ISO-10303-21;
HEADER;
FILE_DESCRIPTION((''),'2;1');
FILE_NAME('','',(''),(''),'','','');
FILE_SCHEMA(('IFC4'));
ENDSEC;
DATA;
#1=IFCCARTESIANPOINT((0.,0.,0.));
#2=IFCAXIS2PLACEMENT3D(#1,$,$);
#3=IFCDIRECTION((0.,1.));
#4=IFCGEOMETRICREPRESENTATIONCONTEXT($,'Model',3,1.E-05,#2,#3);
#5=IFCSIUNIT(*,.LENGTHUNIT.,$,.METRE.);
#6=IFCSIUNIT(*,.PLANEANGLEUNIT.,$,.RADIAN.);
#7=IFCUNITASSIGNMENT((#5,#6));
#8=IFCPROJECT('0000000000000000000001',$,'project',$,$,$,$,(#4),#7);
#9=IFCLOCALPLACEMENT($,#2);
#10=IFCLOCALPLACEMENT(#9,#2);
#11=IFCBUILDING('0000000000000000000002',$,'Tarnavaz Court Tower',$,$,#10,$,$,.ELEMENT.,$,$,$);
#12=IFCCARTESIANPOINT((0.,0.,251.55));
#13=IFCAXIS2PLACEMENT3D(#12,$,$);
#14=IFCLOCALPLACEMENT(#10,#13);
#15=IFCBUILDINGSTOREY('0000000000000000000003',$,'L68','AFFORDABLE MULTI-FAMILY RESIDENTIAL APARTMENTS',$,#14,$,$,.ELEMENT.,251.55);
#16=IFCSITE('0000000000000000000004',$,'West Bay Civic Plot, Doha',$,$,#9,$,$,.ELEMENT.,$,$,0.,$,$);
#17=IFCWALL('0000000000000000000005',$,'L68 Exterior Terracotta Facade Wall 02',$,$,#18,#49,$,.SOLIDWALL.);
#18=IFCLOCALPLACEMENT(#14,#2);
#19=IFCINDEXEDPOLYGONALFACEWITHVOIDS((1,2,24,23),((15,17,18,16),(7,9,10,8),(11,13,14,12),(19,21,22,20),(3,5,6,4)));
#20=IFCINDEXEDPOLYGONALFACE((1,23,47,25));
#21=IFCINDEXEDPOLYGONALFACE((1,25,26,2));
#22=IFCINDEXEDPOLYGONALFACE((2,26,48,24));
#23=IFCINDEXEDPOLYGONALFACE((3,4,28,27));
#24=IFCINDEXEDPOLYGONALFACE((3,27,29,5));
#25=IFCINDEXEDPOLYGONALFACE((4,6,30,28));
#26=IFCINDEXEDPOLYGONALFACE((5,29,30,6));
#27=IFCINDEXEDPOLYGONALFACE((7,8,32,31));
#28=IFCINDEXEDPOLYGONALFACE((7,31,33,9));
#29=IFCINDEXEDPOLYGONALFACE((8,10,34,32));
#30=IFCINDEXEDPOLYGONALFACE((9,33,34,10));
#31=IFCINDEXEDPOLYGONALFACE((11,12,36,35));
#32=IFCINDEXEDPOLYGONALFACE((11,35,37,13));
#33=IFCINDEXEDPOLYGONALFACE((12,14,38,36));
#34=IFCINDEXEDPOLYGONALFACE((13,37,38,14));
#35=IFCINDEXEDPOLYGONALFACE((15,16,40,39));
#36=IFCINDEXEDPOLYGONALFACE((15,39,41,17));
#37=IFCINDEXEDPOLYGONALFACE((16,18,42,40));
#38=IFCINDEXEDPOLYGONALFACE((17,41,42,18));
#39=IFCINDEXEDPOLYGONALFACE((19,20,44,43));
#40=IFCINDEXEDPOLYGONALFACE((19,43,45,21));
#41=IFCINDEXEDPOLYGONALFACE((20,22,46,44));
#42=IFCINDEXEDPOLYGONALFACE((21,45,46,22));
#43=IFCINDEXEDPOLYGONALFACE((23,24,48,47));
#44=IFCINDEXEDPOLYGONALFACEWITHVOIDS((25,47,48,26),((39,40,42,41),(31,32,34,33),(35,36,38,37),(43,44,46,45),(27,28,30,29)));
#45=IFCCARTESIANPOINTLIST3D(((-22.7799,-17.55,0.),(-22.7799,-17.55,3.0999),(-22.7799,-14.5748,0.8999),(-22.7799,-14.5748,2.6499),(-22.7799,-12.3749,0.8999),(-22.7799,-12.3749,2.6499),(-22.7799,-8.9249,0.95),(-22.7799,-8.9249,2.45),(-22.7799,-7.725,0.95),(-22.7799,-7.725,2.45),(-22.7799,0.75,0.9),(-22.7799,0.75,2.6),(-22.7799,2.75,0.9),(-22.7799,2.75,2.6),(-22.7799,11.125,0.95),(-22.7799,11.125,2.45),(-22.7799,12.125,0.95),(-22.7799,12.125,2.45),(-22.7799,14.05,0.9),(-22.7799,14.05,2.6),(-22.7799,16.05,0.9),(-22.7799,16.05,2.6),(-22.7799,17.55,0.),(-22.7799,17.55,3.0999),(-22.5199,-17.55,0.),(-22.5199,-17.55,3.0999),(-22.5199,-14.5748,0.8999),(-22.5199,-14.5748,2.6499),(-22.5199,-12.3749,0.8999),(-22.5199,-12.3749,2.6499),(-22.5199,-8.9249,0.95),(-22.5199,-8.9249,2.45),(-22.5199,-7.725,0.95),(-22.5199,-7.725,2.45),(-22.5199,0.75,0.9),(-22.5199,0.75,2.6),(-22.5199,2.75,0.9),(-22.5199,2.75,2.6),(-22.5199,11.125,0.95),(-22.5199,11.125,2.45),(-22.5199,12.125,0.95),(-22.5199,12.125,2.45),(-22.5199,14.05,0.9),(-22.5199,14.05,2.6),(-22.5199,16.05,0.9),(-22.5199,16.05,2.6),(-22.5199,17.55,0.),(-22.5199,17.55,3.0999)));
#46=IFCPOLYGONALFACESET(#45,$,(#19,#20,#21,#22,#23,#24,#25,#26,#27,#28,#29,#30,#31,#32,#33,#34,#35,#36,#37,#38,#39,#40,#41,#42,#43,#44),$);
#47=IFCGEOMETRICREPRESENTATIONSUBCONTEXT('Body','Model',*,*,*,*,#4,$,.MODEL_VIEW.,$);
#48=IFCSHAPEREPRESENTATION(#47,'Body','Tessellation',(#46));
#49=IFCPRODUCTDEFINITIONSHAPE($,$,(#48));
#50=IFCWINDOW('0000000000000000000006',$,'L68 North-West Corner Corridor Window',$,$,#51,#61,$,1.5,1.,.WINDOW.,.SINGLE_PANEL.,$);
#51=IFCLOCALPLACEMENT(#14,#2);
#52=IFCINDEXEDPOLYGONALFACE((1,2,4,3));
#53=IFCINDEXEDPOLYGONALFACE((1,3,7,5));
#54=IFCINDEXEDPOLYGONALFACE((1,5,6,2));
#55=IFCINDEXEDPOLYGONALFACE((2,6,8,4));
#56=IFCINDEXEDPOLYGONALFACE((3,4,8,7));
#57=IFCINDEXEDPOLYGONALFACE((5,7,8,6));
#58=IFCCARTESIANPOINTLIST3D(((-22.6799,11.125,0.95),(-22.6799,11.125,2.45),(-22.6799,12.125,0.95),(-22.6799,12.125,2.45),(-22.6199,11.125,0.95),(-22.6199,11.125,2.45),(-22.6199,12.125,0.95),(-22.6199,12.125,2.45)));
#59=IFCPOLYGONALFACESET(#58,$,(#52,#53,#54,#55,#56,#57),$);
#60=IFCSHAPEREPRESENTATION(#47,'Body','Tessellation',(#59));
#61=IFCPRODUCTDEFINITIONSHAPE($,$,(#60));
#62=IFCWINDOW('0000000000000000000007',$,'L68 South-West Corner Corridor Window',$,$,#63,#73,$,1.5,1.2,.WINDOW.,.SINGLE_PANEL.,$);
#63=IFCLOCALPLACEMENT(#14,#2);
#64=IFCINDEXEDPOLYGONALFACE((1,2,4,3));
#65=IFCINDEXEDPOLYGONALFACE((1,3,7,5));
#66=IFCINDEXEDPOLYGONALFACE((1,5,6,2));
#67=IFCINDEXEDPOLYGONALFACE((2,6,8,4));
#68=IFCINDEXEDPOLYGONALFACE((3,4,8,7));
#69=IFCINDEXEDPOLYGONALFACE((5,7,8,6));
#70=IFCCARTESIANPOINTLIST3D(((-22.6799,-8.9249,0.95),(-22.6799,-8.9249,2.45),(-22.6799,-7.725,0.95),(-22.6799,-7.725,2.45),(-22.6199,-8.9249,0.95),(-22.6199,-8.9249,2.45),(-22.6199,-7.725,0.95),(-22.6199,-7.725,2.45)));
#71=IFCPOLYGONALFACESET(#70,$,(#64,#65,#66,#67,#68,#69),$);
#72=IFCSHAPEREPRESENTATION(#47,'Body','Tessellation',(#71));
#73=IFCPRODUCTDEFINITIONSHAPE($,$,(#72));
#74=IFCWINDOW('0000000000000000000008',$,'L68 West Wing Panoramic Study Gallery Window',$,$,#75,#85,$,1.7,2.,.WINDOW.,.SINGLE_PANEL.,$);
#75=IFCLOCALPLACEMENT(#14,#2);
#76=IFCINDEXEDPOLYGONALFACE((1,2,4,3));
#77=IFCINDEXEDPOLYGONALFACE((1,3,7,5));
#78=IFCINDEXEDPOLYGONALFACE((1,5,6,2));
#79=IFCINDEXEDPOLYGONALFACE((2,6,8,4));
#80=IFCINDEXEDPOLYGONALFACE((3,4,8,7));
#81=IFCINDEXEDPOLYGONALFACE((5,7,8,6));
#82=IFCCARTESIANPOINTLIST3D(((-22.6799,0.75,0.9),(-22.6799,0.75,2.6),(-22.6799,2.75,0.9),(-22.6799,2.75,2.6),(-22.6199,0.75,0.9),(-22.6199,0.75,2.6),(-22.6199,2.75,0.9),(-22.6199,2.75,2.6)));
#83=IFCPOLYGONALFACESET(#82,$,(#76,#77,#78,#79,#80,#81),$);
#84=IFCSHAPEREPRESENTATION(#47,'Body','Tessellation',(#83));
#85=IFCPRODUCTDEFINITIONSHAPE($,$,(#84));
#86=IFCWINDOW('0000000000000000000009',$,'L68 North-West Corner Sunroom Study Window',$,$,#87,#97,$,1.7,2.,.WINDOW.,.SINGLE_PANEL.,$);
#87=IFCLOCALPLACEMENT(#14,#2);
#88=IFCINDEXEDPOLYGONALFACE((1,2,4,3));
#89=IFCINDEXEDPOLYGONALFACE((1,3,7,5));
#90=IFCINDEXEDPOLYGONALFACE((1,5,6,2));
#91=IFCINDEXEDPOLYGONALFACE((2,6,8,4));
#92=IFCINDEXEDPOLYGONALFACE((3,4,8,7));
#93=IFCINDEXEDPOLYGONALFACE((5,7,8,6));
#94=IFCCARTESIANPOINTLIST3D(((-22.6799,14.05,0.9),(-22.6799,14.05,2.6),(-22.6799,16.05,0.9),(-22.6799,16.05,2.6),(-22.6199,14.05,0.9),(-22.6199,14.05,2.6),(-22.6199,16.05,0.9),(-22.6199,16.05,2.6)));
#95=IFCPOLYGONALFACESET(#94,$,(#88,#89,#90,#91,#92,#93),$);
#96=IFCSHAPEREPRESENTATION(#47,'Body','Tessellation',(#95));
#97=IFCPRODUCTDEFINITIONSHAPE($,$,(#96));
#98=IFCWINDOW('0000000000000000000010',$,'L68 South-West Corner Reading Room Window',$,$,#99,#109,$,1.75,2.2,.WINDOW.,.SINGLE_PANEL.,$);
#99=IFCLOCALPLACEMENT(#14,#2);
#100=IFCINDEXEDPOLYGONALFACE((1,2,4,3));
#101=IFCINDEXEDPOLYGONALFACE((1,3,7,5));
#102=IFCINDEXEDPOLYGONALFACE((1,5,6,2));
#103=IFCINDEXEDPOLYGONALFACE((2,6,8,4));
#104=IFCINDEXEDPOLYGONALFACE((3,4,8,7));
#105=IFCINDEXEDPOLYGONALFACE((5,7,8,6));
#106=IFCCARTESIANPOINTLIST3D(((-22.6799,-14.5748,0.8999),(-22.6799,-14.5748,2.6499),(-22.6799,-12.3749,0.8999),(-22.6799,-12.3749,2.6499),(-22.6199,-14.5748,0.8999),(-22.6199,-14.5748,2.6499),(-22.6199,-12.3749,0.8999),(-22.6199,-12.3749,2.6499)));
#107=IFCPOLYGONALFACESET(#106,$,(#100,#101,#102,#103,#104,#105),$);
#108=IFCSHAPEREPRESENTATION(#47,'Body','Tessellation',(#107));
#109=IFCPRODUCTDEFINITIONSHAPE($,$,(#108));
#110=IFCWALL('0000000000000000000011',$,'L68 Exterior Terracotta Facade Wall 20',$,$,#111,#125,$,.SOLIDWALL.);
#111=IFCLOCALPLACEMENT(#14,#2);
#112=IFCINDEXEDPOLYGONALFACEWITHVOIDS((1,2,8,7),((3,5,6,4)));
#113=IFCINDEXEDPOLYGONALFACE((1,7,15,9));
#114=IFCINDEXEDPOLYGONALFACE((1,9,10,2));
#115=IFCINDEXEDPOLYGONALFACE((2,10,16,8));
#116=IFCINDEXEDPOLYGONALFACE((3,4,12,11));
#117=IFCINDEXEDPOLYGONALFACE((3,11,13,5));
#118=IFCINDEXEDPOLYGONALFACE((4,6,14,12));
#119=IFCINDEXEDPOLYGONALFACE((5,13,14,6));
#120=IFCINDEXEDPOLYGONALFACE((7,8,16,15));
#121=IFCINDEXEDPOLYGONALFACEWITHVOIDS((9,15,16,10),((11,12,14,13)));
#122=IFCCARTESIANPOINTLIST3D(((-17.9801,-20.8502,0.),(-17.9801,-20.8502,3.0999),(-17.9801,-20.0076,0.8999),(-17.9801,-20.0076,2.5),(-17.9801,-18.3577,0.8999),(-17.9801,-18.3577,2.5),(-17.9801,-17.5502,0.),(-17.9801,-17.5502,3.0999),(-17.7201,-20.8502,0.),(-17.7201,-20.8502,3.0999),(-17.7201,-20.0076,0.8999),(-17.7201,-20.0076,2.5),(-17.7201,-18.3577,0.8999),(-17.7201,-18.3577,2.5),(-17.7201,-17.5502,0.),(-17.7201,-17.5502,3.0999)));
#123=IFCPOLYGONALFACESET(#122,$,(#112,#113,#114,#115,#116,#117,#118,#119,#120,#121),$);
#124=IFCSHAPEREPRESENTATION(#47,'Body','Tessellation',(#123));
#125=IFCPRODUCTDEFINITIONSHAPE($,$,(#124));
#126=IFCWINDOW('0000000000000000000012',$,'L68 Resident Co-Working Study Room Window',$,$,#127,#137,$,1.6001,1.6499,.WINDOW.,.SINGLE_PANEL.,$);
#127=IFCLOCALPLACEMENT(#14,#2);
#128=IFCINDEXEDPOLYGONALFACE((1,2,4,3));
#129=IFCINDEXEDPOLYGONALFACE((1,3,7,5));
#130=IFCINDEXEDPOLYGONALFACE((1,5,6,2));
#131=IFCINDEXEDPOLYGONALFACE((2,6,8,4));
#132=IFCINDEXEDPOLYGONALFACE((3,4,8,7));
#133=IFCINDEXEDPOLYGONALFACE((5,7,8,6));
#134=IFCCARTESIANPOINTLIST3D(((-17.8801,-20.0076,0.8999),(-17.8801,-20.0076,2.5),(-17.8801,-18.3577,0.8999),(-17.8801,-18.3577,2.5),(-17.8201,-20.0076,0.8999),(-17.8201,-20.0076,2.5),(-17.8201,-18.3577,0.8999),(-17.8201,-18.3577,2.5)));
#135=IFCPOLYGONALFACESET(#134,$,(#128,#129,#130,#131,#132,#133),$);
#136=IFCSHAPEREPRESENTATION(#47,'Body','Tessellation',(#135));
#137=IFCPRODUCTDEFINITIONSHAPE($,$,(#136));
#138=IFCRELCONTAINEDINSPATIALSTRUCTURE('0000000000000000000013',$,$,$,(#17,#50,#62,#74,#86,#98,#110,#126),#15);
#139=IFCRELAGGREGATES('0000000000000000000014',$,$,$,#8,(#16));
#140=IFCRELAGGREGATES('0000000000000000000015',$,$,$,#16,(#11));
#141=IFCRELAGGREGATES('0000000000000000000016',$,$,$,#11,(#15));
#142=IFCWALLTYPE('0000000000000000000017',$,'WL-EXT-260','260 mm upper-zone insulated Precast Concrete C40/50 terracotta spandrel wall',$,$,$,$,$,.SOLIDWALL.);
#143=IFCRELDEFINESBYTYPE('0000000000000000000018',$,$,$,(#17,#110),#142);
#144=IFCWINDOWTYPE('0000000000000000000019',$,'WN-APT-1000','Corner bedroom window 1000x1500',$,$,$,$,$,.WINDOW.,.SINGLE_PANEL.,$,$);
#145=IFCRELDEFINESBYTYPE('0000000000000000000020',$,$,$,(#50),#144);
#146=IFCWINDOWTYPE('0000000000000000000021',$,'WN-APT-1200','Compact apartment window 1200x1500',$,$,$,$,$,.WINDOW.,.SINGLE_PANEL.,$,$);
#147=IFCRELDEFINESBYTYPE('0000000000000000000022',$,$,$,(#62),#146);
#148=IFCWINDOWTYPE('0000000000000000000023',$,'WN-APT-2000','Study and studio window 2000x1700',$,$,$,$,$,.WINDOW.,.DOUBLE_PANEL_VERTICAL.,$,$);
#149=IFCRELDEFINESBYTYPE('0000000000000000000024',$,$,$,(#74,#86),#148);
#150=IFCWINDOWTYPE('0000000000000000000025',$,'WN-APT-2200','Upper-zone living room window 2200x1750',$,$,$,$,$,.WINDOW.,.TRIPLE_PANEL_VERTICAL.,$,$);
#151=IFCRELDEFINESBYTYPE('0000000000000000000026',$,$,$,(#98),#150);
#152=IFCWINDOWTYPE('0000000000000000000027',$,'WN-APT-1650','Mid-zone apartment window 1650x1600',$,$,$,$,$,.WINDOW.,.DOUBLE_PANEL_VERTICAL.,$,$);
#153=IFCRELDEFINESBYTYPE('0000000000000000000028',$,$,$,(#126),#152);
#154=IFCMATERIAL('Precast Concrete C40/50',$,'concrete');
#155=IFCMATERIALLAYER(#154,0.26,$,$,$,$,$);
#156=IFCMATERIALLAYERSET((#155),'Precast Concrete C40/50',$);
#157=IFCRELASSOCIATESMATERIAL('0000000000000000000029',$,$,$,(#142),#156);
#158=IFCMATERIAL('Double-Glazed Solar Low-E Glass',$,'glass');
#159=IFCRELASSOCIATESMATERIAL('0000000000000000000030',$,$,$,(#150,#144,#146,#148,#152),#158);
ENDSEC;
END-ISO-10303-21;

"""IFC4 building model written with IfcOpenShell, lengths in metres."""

from ifc_helpers import new_model, si_unit, direction, frame, frame_2d, origin, place, context, subcontext, project, spatial, rectangle, extrude, material, layer, layer_set, type_object, element, fill, save


model = new_model("IFC4")

# Units and contexts
model_context = context("Model", 3, precision=1e-05, world=origin(), true_north=direction((0.0, 1.0)))
body_context = subcontext(model_context, "Body", "Model", "MODEL_VIEW")
ifc_project = project(units=[si_unit("LENGTHUNIT", "METRE"), si_unit("PLANEANGLEUNIT", "RADIAN")], contexts=[model_context])

# Site, building, storey
site_placement = place(None, origin())
site = spatial("IfcSite", under=ifc_project, at=site_placement, Name="West Bay Civic Plot, Doha", CompositionType="ELEMENT", RefElevation=0.0)
building_placement = place(site_placement, origin())
building = spatial("IfcBuilding", under=site, at=building_placement, Name="Tarnavaz Court Tower", CompositionType="ELEMENT")
storey_placement = place(building_placement, frame((0.0, 0.0, 251.55)))
storey = spatial("IfcBuildingStorey", under=building, at=storey_placement, Name="L68", Description="AFFORDABLE MULTI-FAMILY RESIDENTIAL APARTMENTS", CompositionType="ELEMENT", Elevation=251.55)

# Shared definitions
ifc_material_1 = material(Name="Precast Concrete C40/50", Category="concrete")
ifc_layer_1 = layer(ifc_material_1, 0.26)
ifc_layer_set_1 = layer_set([ifc_layer_1], Name="Precast Concrete C40/50")
wall_type_1 = type_object("IfcWallType", Name="WL-EXT-260", Description="260 mm upper-zone insulated Precast Concrete C40/50 terracotta spandrel wall", PredefinedType="SOLIDWALL", material=ifc_layer_set_1)
ifc_material_2 = material(Name="Double-Glazed Solar Low-E Glass", Category="glass")
window_type_1 = type_object("IfcWindowType", Name="WN-APT-2200", Description="Upper-zone living room window 2200x1750", PartitioningType="TRIPLE_PANEL_VERTICAL", PredefinedType="WINDOW", material=ifc_material_2)

# Wall, openings, windows
wall_1_placement = place(storey_placement, frame((-22.6499, -17.55, 0.0), z_axis=(0.0, 0.0, 1.0), x_axis=(0.0, 1.0, 0.0)))
wall_1 = element("IfcWall", 1, at=wall_1_placement, inside=storey, type_object=wall_type_1, Name="L68 Exterior Terracotta Facade Wall 02", PredefinedType="SOLIDWALL", context=body_context, shape_type="SweptSolid", body=[
    extrude(rectangle(XDim=35.1001, YDim=0.26, at=frame_2d((17.55, 0.0))), origin(), (0.0, 0.0, 1.0), 3.0999),
])
opening_1_placement = place(wall_1_placement, frame((2.9751, 0.0, 0.8999)))
opening_1 = element("IfcOpeningElement", 2, at=opening_1_placement, cuts=wall_1, PredefinedType="OPENING", context=body_context, shape_type="SweptSolid", body=[
    extrude(rectangle(XDim=2.2, YDim=1.75, at=frame_2d((1.1001, 0.875))), frame((0.0, 0.1399, 0.0), z_axis=(0.0, -1.0, 0.0), x_axis=(1.0, 0.0, 0.0)), (0.0, 0.0, 1.0), 0.28),
])
opening_2_placement = place(wall_1_placement, frame((8.625, 0.0, 0.95)))
opening_2 = element("IfcOpeningElement", 3, at=opening_2_placement, cuts=wall_1, PredefinedType="OPENING", context=body_context, shape_type="SweptSolid", body=[
    extrude(rectangle(XDim=1.2, YDim=1.5, at=frame_2d((0.6001, 0.75))), frame((0.0, 0.1399, 0.0), z_axis=(0.0, -1.0, 0.0), x_axis=(1.0, 0.0, 0.0)), (0.0, 0.0, 1.0), 0.28),
])
opening_3_placement = place(wall_1_placement, frame((18.3, 0.0, 0.8999)))
opening_3 = element("IfcOpeningElement", 4, at=opening_3_placement, cuts=wall_1, PredefinedType="OPENING", context=body_context, shape_type="SweptSolid", body=[
    extrude(rectangle(XDim=2.0, YDim=1.7, at=frame_2d((1.0, 0.8501))), frame((0.0, 0.1399, 0.0), z_axis=(0.0, -1.0, 0.0), x_axis=(1.0, 0.0, 0.0)), (0.0, 0.0, 1.0), 0.28),
])
opening_4_placement = place(wall_1_placement, frame((28.675, 0.0, 0.95)))
opening_4 = element("IfcOpeningElement", 5, at=opening_4_placement, cuts=wall_1, PredefinedType="OPENING", context=body_context, shape_type="SweptSolid", body=[
    extrude(rectangle(XDim=1.0, YDim=1.5, at=frame_2d((0.5, 0.75))), frame((0.0, 0.1399, 0.0), z_axis=(0.0, -1.0, 0.0), x_axis=(1.0, 0.0, 0.0)), (0.0, 0.0, 1.0), 0.28),
])
opening_5_placement = place(wall_1_placement, frame((31.6001, 0.0, 0.8999)))
opening_5 = element("IfcOpeningElement", 6, at=opening_5_placement, cuts=wall_1, PredefinedType="OPENING", context=body_context, shape_type="SweptSolid", body=[
    extrude(rectangle(XDim=2.0, YDim=1.7, at=frame_2d((1.0, 0.8501))), frame((0.0, 0.1399, 0.0), z_axis=(0.0, -1.0, 0.0), x_axis=(1.0, 0.0, 0.0)), (0.0, 0.0, 1.0), 0.28),
])
window_type_2 = type_object("IfcWindowType", Name="WN-APT-1000", Description="Corner bedroom window 1000x1500", PartitioningType="SINGLE_PANEL", PredefinedType="WINDOW", material=ifc_material_2)
window_1_placement = place(opening_4_placement, origin())
window_1 = element("IfcWindow", 7, at=window_1_placement, inside=storey, type_object=window_type_2, Name="L68 North-West Corner Corridor Window", OverallHeight=1.5, OverallWidth=1.0, PartitioningType="SINGLE_PANEL", PredefinedType="WINDOW", context=body_context, shape_type="SweptSolid", body=[
    extrude(rectangle(XDim=1.0, YDim=1.5, at=frame_2d((0.5, 0.75))), frame((0.0, 0.03, 0.0), z_axis=(0.0, -1.0, 0.0), x_axis=(1.0, 0.0, 0.0)), (0.0, 0.0, 1.0), 0.0601),
])
fill(opening_4, window_1)
window_type_3 = type_object("IfcWindowType", Name="WN-APT-1200", Description="Compact apartment window 1200x1500", PartitioningType="SINGLE_PANEL", PredefinedType="WINDOW", material=ifc_material_2)
window_2_placement = place(opening_2_placement, origin())
window_2 = element("IfcWindow", 8, at=window_2_placement, inside=storey, type_object=window_type_3, Name="L68 South-West Corner Corridor Window", OverallHeight=1.5, OverallWidth=1.2, PartitioningType="SINGLE_PANEL", PredefinedType="WINDOW", context=body_context, shape_type="SweptSolid", body=[
    extrude(rectangle(XDim=1.2, YDim=1.5, at=frame_2d((0.6001, 0.75))), frame((0.0, 0.03, 0.0), z_axis=(0.0, -1.0, 0.0), x_axis=(1.0, 0.0, 0.0)), (0.0, 0.0, 1.0), 0.0601),
])
fill(opening_2, window_2)
window_type_4 = type_object("IfcWindowType", Name="WN-APT-2000", Description="Study and studio window 2000x1700", PartitioningType="DOUBLE_PANEL_VERTICAL", PredefinedType="WINDOW", material=ifc_material_2)
window_3_placement = place(opening_3_placement, origin())
window_3 = element("IfcWindow", 9, at=window_3_placement, inside=storey, type_object=window_type_4, Name="L68 West Wing Panoramic Study Gallery Window", OverallHeight=1.7, OverallWidth=2.0, PartitioningType="SINGLE_PANEL", PredefinedType="WINDOW", context=body_context, shape_type="SweptSolid", body=[
    extrude(rectangle(XDim=2.0, YDim=1.7, at=frame_2d((1.0, 0.8501))), frame((0.0, 0.03, 0.0), z_axis=(0.0, -1.0, 0.0), x_axis=(1.0, 0.0, 0.0)), (0.0, 0.0, 1.0), 0.0601),
])
fill(opening_3, window_3)
window_4_placement = place(opening_5_placement, origin())
window_4 = element("IfcWindow", 10, at=window_4_placement, inside=storey, type_object=window_type_4, Name="L68 North-West Corner Sunroom Study Window", OverallHeight=1.7, OverallWidth=2.0, PartitioningType="SINGLE_PANEL", PredefinedType="WINDOW", context=body_context, shape_type="SweptSolid", body=[
    extrude(rectangle(XDim=2.0, YDim=1.7, at=frame_2d((1.0, 0.8501))), frame((0.0, 0.03, 0.0), z_axis=(0.0, -1.0, 0.0), x_axis=(1.0, 0.0, 0.0)), (0.0, 0.0, 1.0), 0.0601),
])
fill(opening_5, window_4)
window_5_placement = place(opening_1_placement, origin())
window_5 = element("IfcWindow", 11, at=window_5_placement, inside=storey, type_object=window_type_1, Name="L68 South-West Corner Reading Room Window", OverallHeight=1.75, OverallWidth=2.2, PartitioningType="SINGLE_PANEL", PredefinedType="WINDOW", context=body_context, shape_type="SweptSolid", body=[
    extrude(rectangle(XDim=2.2, YDim=1.75, at=frame_2d((1.1001, 0.875))), frame((0.0, 0.03, 0.0), z_axis=(0.0, -1.0, 0.0), x_axis=(1.0, 0.0, 0.0)), (0.0, 0.0, 1.0), 0.0601),
])
fill(opening_1, window_5)

# Wall, opening, window
wall_2_placement = place(storey_placement, frame((-17.8501, -20.8501, 0.0), z_axis=(0.0, 0.0, 1.0), x_axis=(0.0, 1.0, 0.0)))
wall_2 = element("IfcWall", 12, at=wall_2_placement, inside=storey, type_object=wall_type_1, Name="L68 Exterior Terracotta Facade Wall 20", PredefinedType="SOLIDWALL", context=body_context, shape_type="SweptSolid", body=[
    extrude(rectangle(XDim=3.3, YDim=0.26, at=frame_2d((1.6499, 0.0))), origin(), (0.0, 0.0, 1.0), 3.0999),
])
opening_6_placement = place(wall_2_placement, frame((0.8425, 0.0, 0.8999)))
opening_6 = element("IfcOpeningElement", 13, at=opening_6_placement, cuts=wall_2, PredefinedType="OPENING", context=body_context, shape_type="SweptSolid", body=[
    extrude(rectangle(XDim=1.6499, YDim=1.6001, at=frame_2d((0.825, 0.8))), frame((0.0, 0.1399, 0.0), z_axis=(0.0, -1.0, 0.0), x_axis=(1.0, 0.0, 0.0)), (0.0, 0.0, 1.0), 0.28),
])
window_type_5 = type_object("IfcWindowType", Name="WN-APT-1650", Description="Mid-zone apartment window 1650x1600", PartitioningType="DOUBLE_PANEL_VERTICAL", PredefinedType="WINDOW", material=ifc_material_2)
window_6_placement = place(opening_6_placement, origin())
window_6 = element("IfcWindow", 14, at=window_6_placement, inside=storey, type_object=window_type_5, Name="L68 Resident Co-Working Study Room Window", OverallHeight=1.6001, OverallWidth=1.6499, PartitioningType="SINGLE_PANEL", PredefinedType="WINDOW", context=body_context, shape_type="SweptSolid", body=[
    extrude(rectangle(XDim=1.6499, YDim=1.6001, at=frame_2d((0.825, 0.8))), frame((0.0, 0.03, 0.0), z_axis=(0.0, -1.0, 0.0), x_axis=(1.0, 0.0, 0.0)), (0.0, 0.0, 1.0), 0.0601),
])
fill(opening_6, window_6)

save(model, "model.ifc")
